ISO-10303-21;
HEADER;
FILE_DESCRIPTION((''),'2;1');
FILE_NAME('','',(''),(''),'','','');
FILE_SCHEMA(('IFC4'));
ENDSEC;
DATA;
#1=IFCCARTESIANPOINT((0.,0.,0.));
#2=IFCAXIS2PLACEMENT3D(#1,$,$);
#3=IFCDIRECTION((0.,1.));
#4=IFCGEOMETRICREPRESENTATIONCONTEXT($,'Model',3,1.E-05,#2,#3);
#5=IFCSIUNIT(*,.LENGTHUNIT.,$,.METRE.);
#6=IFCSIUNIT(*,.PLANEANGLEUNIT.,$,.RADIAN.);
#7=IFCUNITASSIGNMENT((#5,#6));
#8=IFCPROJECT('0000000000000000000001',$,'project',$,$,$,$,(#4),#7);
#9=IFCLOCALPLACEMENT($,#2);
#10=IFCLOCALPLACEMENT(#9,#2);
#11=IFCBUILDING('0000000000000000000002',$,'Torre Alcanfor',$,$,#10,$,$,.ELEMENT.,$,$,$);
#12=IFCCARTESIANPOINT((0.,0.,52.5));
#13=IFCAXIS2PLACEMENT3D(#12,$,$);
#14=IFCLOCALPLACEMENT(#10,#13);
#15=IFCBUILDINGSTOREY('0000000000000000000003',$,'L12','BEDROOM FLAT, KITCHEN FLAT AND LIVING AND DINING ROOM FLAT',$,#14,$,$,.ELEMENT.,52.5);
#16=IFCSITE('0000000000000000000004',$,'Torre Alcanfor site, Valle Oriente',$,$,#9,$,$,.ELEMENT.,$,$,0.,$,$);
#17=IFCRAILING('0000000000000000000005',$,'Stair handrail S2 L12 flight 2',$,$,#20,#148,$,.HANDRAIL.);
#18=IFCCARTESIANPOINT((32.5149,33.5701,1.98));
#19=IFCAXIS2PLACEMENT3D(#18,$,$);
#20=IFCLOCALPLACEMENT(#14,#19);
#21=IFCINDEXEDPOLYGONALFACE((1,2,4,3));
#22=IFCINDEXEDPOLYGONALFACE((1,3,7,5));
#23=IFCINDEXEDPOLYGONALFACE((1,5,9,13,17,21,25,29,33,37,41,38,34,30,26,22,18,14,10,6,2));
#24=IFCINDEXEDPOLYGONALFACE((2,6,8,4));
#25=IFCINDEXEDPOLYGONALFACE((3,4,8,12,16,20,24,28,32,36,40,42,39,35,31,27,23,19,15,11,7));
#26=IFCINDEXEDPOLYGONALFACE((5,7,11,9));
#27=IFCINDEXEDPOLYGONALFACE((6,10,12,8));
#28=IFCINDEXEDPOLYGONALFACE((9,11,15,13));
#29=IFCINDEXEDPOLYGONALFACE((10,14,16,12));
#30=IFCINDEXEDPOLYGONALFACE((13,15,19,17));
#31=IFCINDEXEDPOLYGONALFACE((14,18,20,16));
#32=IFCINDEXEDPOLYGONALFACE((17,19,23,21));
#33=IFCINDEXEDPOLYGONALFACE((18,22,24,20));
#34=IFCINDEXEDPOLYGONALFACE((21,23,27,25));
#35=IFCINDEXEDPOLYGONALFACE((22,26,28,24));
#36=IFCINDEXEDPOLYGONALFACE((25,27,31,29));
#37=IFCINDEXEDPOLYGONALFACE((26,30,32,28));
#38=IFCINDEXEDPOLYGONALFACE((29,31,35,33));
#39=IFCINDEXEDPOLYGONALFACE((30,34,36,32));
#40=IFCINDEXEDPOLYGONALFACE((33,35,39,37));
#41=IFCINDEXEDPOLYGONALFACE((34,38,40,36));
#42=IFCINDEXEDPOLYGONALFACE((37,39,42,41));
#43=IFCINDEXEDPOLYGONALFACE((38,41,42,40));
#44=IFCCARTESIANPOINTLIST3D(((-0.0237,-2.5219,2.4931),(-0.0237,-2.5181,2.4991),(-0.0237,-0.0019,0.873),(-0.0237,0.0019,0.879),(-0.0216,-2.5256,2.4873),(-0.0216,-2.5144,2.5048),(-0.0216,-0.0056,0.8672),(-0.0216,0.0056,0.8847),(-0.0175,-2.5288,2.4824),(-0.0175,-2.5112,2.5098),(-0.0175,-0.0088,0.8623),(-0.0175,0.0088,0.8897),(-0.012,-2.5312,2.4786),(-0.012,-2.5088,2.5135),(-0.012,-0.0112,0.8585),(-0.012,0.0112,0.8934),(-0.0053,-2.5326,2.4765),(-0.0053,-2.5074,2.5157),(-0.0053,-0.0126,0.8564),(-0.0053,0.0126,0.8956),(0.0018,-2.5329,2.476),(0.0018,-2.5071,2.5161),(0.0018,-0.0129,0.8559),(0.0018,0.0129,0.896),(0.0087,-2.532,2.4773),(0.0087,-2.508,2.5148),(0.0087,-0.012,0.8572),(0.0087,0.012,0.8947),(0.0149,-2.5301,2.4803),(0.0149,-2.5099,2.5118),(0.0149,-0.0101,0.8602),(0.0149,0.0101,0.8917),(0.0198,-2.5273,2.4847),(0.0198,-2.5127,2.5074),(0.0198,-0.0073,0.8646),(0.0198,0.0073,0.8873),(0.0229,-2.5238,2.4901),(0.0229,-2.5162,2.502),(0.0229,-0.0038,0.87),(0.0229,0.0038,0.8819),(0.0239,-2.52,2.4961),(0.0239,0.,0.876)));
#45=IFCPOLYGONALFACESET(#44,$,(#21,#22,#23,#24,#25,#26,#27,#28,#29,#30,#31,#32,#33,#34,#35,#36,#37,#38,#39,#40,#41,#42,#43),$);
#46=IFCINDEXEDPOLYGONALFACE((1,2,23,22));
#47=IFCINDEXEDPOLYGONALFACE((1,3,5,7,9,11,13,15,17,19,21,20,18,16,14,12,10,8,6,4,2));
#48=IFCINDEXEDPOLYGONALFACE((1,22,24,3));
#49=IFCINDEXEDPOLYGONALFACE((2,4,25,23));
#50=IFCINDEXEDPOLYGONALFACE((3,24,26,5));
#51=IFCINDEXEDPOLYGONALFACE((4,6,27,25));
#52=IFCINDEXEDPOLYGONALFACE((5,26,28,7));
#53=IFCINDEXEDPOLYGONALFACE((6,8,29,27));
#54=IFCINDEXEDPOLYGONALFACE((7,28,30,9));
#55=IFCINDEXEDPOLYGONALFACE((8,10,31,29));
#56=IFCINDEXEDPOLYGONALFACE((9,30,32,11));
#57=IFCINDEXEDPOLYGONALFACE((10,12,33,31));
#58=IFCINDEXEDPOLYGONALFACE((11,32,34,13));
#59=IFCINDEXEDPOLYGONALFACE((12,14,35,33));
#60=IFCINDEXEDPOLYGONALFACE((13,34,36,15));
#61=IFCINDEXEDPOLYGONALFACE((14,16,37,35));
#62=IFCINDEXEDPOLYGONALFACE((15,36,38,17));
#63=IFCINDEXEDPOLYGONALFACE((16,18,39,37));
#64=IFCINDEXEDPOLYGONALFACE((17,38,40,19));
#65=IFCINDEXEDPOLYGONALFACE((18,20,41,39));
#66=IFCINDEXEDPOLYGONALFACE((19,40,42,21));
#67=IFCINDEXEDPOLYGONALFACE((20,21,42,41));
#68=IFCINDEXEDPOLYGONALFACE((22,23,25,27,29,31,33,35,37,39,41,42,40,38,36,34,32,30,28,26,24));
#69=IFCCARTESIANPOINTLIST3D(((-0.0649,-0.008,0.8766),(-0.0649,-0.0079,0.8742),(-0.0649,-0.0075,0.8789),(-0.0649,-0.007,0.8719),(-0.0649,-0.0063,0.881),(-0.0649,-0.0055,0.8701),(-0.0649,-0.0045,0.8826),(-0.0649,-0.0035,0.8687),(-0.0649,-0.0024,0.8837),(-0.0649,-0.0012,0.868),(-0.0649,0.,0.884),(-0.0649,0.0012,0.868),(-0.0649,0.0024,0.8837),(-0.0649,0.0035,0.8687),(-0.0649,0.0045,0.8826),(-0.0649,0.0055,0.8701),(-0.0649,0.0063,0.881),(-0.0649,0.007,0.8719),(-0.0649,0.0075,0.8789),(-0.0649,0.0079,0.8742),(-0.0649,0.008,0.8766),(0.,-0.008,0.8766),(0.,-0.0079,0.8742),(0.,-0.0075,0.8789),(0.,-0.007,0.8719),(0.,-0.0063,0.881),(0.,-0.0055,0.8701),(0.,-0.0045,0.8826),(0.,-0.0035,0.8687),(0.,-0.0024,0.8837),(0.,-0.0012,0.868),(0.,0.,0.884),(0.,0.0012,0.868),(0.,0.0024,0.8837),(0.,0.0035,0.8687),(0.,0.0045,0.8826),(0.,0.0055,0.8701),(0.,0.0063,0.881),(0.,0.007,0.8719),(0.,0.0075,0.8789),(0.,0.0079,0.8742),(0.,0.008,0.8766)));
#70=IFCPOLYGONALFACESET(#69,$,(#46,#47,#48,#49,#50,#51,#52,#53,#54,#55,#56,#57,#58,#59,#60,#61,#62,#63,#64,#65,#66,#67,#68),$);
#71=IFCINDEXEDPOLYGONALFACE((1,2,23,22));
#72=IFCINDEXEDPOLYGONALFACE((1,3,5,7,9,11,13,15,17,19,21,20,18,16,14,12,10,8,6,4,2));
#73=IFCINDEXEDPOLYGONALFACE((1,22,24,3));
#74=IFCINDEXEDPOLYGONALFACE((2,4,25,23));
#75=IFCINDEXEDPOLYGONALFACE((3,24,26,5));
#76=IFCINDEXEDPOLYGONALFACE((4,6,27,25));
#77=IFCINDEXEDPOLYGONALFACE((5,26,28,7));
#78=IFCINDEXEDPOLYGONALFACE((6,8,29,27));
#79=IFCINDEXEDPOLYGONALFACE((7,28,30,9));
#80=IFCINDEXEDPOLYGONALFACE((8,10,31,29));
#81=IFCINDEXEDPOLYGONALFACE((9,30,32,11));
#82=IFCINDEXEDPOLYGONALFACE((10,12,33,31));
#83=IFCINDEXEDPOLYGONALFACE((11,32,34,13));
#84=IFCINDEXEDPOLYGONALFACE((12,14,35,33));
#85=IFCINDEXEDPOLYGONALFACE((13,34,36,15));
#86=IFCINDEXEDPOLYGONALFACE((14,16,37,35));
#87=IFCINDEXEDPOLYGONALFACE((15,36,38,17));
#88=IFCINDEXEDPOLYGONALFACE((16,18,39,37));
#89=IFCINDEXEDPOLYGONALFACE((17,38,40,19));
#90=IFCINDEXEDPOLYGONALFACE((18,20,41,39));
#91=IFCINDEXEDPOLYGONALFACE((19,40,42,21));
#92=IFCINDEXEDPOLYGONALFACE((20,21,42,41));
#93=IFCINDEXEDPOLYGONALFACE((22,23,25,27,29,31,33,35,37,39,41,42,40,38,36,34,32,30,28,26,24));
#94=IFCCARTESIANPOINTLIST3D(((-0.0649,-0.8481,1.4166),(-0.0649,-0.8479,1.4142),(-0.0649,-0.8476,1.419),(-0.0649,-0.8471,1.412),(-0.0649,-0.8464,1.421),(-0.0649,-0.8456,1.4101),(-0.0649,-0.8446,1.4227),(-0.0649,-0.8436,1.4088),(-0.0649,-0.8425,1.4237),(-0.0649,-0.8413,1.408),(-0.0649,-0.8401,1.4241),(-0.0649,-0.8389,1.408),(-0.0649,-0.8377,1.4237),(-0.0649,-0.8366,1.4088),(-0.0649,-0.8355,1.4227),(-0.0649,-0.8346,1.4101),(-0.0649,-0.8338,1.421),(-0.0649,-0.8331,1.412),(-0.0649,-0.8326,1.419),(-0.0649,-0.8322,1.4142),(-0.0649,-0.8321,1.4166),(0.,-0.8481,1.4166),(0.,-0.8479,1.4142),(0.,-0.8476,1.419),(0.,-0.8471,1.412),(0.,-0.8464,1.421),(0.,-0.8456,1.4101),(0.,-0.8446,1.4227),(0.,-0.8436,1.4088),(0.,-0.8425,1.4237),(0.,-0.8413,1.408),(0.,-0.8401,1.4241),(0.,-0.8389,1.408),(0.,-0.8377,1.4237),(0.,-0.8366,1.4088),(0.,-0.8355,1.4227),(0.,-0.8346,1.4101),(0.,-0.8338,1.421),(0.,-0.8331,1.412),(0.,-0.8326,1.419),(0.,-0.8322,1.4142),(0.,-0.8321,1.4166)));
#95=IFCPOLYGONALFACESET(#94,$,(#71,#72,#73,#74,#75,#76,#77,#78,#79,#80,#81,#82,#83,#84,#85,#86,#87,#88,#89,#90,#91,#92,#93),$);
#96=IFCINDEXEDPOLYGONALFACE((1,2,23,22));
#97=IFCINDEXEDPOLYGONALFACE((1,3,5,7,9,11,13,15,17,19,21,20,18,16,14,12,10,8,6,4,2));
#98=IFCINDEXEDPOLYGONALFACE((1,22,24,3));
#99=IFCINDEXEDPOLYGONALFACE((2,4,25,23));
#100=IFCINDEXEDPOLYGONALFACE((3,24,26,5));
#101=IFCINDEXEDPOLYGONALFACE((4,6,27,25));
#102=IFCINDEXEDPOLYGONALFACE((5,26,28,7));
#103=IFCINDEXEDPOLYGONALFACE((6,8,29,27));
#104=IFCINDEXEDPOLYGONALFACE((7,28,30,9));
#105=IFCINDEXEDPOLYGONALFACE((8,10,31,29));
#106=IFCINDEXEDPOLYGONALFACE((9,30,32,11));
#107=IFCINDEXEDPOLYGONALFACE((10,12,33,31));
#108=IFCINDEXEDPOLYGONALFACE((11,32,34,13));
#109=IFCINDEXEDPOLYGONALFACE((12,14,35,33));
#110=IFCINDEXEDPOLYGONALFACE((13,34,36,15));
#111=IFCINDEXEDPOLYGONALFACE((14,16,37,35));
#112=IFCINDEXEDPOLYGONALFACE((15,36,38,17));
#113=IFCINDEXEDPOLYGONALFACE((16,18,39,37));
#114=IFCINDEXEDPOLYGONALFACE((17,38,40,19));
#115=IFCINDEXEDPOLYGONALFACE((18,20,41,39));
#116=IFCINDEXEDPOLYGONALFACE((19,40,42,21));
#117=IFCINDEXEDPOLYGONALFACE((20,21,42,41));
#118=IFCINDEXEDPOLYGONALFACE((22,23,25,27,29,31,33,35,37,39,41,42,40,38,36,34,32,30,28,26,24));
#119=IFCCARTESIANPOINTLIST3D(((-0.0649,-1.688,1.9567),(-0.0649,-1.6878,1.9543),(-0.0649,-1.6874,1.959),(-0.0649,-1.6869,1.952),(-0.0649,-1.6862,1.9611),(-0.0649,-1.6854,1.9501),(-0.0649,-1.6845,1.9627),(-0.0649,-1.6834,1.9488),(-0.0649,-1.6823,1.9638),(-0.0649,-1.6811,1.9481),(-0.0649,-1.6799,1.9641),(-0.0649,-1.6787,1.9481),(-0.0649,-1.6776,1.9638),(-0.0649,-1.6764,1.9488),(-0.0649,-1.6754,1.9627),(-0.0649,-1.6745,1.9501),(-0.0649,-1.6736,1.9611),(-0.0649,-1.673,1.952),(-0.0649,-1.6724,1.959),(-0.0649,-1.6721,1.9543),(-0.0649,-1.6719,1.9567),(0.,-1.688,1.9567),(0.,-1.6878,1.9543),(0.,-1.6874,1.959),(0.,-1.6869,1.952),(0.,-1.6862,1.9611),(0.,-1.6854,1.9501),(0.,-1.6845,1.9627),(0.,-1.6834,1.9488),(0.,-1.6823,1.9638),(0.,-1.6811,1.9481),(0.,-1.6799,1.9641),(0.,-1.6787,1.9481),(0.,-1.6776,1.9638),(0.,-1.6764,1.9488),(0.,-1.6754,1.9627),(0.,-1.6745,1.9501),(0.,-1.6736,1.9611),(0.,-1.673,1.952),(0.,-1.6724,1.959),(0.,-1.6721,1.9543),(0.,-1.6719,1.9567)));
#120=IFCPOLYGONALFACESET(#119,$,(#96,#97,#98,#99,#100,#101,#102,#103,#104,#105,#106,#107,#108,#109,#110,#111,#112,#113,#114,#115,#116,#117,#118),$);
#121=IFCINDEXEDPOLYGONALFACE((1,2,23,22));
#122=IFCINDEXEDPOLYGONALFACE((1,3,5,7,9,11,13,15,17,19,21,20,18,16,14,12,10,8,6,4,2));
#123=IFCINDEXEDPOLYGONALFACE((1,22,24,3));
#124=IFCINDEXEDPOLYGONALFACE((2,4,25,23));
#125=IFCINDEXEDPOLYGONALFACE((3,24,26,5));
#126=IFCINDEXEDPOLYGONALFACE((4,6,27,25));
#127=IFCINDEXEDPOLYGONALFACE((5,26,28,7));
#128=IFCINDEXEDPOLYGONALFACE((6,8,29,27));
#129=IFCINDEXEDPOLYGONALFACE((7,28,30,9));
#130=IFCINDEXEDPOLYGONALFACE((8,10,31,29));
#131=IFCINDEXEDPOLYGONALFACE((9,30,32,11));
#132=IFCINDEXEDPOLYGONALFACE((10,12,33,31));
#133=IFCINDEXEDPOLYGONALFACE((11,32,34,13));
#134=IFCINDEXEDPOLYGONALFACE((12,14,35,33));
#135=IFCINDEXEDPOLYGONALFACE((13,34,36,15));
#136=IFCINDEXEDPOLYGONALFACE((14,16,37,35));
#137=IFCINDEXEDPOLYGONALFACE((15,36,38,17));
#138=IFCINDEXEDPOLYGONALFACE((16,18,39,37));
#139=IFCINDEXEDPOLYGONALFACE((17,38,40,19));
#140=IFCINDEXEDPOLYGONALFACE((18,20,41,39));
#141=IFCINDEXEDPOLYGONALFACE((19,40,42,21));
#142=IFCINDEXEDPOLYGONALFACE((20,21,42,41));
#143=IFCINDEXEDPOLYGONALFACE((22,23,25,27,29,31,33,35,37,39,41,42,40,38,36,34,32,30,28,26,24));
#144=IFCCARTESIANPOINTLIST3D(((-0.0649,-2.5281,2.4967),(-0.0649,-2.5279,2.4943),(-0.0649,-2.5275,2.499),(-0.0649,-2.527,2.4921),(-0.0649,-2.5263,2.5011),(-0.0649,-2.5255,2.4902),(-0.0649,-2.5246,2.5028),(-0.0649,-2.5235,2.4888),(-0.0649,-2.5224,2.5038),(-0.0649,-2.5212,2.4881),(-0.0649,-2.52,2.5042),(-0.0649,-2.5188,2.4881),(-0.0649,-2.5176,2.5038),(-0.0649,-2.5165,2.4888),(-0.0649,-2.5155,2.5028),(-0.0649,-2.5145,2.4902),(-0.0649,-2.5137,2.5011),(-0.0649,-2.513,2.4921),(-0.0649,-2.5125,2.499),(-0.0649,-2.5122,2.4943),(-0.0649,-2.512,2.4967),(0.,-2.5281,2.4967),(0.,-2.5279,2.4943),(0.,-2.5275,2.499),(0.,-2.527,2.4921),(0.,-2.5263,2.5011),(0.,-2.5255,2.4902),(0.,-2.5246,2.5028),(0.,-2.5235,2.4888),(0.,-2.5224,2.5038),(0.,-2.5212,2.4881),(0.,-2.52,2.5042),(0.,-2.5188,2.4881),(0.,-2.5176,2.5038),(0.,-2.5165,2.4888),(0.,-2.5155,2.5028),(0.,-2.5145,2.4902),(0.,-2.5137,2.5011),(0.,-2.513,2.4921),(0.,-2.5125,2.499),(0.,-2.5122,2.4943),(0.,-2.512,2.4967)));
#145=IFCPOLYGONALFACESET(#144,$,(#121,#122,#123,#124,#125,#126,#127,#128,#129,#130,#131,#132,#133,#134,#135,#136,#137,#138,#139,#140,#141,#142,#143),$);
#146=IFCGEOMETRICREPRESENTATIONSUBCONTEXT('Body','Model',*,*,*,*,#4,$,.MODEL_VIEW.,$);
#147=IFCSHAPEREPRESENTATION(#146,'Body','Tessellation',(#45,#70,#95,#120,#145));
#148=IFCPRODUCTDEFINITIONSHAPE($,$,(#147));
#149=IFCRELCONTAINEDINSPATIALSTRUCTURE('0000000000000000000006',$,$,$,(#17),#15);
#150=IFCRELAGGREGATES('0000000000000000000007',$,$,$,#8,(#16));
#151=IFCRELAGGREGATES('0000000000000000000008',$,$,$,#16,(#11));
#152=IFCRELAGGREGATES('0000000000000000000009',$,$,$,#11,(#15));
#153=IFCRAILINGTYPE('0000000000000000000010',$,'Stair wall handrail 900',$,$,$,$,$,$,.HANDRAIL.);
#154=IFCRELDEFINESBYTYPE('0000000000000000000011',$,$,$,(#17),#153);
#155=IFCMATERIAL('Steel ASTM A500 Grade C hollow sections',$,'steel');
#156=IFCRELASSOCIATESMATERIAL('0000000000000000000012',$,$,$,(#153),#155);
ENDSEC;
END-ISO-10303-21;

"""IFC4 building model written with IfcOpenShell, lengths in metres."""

from ifc_helpers import new_model, si_unit, direction, frame, origin, origin_2d, place, context, subcontext, project, spatial, circle, extrude, material, type_object, element, save


model = new_model("IFC4")

# Units and contexts
model_context = context("Model", 3, precision=1e-05, world=origin(), true_north=direction((0.0, 1.0)))
body_context = subcontext(model_context, "Body", "Model", "MODEL_VIEW")
ifc_project = project(units=[si_unit("LENGTHUNIT", "METRE"), si_unit("PLANEANGLEUNIT", "RADIAN")], contexts=[model_context])

# Site, building, storey
site_placement = place(None, origin())
site = spatial("IfcSite", under=ifc_project, at=site_placement, Name="Torre Alcanfor site, Valle Oriente", CompositionType="ELEMENT", RefElevation=0.0)
building_placement = place(site_placement, origin())
building = spatial("IfcBuilding", under=site, at=building_placement, Name="Torre Alcanfor", CompositionType="ELEMENT")
storey_placement = place(building_placement, frame((0.0, 0.0, 52.5)))
storey = spatial("IfcBuildingStorey", under=building, at=storey_placement, Name="L12", Description="BEDROOM FLAT, KITCHEN FLAT AND LIVING AND DINING ROOM FLAT", CompositionType="ELEMENT", Elevation=52.5)

# Railing
ifc_material_1 = material(Name="Steel ASTM A500 Grade C hollow sections", Category="steel")
railing_type_1 = type_object("IfcRailingType", Name="Stair wall handrail 900", PredefinedType="HANDRAIL", material=ifc_material_1)
railing_1_placement = place(storey_placement, frame((32.5149, 33.5701, 1.98)))
element("IfcRailing", 1, at=railing_1_placement, inside=storey, type_object=railing_type_1, Name="Stair handrail S2 L12 flight 2", PredefinedType="HANDRAIL", context=body_context, shape_type="SweptSolid", body=[
    extrude(circle(Radius=0.0239, at=origin_2d()), frame((0.0, 0.0, 0.876), z_axis=(0.0, -0.841163, 0.540782), x_axis=(1.0, 0.0, 0.0)), (0.0, 0.0, 1.0), 2.9958),
    extrude(circle(Radius=0.0081, at=origin_2d()), frame((0.0, 0.0, 0.876), z_axis=(-1.0, 0.0, 0.0), x_axis=(0.0, 0.0, 1.0)), (0.0, 0.0, 1.0), 0.0649),
    extrude(circle(Radius=0.0081, at=origin_2d()), frame((0.0, -0.8401, 1.416), z_axis=(-1.0, 0.0, 0.0), x_axis=(0.0, 0.0, 1.0)), (0.0, 0.0, 1.0), 0.0649),
    extrude(circle(Radius=0.0081, at=origin_2d()), frame((0.0, -1.6799, 1.9561), z_axis=(-1.0, 0.0, 0.0), x_axis=(0.0, 0.0, 1.0)), (0.0, 0.0, 1.0), 0.0649),
    extrude(circle(Radius=0.0081, at=origin_2d()), frame((0.0, -2.52, 2.4961), z_axis=(-1.0, 0.0, 0.0), x_axis=(0.0, 0.0, 1.0)), (0.0, 0.0, 1.0), 0.0649),
])

save(model, "model.ifc")
